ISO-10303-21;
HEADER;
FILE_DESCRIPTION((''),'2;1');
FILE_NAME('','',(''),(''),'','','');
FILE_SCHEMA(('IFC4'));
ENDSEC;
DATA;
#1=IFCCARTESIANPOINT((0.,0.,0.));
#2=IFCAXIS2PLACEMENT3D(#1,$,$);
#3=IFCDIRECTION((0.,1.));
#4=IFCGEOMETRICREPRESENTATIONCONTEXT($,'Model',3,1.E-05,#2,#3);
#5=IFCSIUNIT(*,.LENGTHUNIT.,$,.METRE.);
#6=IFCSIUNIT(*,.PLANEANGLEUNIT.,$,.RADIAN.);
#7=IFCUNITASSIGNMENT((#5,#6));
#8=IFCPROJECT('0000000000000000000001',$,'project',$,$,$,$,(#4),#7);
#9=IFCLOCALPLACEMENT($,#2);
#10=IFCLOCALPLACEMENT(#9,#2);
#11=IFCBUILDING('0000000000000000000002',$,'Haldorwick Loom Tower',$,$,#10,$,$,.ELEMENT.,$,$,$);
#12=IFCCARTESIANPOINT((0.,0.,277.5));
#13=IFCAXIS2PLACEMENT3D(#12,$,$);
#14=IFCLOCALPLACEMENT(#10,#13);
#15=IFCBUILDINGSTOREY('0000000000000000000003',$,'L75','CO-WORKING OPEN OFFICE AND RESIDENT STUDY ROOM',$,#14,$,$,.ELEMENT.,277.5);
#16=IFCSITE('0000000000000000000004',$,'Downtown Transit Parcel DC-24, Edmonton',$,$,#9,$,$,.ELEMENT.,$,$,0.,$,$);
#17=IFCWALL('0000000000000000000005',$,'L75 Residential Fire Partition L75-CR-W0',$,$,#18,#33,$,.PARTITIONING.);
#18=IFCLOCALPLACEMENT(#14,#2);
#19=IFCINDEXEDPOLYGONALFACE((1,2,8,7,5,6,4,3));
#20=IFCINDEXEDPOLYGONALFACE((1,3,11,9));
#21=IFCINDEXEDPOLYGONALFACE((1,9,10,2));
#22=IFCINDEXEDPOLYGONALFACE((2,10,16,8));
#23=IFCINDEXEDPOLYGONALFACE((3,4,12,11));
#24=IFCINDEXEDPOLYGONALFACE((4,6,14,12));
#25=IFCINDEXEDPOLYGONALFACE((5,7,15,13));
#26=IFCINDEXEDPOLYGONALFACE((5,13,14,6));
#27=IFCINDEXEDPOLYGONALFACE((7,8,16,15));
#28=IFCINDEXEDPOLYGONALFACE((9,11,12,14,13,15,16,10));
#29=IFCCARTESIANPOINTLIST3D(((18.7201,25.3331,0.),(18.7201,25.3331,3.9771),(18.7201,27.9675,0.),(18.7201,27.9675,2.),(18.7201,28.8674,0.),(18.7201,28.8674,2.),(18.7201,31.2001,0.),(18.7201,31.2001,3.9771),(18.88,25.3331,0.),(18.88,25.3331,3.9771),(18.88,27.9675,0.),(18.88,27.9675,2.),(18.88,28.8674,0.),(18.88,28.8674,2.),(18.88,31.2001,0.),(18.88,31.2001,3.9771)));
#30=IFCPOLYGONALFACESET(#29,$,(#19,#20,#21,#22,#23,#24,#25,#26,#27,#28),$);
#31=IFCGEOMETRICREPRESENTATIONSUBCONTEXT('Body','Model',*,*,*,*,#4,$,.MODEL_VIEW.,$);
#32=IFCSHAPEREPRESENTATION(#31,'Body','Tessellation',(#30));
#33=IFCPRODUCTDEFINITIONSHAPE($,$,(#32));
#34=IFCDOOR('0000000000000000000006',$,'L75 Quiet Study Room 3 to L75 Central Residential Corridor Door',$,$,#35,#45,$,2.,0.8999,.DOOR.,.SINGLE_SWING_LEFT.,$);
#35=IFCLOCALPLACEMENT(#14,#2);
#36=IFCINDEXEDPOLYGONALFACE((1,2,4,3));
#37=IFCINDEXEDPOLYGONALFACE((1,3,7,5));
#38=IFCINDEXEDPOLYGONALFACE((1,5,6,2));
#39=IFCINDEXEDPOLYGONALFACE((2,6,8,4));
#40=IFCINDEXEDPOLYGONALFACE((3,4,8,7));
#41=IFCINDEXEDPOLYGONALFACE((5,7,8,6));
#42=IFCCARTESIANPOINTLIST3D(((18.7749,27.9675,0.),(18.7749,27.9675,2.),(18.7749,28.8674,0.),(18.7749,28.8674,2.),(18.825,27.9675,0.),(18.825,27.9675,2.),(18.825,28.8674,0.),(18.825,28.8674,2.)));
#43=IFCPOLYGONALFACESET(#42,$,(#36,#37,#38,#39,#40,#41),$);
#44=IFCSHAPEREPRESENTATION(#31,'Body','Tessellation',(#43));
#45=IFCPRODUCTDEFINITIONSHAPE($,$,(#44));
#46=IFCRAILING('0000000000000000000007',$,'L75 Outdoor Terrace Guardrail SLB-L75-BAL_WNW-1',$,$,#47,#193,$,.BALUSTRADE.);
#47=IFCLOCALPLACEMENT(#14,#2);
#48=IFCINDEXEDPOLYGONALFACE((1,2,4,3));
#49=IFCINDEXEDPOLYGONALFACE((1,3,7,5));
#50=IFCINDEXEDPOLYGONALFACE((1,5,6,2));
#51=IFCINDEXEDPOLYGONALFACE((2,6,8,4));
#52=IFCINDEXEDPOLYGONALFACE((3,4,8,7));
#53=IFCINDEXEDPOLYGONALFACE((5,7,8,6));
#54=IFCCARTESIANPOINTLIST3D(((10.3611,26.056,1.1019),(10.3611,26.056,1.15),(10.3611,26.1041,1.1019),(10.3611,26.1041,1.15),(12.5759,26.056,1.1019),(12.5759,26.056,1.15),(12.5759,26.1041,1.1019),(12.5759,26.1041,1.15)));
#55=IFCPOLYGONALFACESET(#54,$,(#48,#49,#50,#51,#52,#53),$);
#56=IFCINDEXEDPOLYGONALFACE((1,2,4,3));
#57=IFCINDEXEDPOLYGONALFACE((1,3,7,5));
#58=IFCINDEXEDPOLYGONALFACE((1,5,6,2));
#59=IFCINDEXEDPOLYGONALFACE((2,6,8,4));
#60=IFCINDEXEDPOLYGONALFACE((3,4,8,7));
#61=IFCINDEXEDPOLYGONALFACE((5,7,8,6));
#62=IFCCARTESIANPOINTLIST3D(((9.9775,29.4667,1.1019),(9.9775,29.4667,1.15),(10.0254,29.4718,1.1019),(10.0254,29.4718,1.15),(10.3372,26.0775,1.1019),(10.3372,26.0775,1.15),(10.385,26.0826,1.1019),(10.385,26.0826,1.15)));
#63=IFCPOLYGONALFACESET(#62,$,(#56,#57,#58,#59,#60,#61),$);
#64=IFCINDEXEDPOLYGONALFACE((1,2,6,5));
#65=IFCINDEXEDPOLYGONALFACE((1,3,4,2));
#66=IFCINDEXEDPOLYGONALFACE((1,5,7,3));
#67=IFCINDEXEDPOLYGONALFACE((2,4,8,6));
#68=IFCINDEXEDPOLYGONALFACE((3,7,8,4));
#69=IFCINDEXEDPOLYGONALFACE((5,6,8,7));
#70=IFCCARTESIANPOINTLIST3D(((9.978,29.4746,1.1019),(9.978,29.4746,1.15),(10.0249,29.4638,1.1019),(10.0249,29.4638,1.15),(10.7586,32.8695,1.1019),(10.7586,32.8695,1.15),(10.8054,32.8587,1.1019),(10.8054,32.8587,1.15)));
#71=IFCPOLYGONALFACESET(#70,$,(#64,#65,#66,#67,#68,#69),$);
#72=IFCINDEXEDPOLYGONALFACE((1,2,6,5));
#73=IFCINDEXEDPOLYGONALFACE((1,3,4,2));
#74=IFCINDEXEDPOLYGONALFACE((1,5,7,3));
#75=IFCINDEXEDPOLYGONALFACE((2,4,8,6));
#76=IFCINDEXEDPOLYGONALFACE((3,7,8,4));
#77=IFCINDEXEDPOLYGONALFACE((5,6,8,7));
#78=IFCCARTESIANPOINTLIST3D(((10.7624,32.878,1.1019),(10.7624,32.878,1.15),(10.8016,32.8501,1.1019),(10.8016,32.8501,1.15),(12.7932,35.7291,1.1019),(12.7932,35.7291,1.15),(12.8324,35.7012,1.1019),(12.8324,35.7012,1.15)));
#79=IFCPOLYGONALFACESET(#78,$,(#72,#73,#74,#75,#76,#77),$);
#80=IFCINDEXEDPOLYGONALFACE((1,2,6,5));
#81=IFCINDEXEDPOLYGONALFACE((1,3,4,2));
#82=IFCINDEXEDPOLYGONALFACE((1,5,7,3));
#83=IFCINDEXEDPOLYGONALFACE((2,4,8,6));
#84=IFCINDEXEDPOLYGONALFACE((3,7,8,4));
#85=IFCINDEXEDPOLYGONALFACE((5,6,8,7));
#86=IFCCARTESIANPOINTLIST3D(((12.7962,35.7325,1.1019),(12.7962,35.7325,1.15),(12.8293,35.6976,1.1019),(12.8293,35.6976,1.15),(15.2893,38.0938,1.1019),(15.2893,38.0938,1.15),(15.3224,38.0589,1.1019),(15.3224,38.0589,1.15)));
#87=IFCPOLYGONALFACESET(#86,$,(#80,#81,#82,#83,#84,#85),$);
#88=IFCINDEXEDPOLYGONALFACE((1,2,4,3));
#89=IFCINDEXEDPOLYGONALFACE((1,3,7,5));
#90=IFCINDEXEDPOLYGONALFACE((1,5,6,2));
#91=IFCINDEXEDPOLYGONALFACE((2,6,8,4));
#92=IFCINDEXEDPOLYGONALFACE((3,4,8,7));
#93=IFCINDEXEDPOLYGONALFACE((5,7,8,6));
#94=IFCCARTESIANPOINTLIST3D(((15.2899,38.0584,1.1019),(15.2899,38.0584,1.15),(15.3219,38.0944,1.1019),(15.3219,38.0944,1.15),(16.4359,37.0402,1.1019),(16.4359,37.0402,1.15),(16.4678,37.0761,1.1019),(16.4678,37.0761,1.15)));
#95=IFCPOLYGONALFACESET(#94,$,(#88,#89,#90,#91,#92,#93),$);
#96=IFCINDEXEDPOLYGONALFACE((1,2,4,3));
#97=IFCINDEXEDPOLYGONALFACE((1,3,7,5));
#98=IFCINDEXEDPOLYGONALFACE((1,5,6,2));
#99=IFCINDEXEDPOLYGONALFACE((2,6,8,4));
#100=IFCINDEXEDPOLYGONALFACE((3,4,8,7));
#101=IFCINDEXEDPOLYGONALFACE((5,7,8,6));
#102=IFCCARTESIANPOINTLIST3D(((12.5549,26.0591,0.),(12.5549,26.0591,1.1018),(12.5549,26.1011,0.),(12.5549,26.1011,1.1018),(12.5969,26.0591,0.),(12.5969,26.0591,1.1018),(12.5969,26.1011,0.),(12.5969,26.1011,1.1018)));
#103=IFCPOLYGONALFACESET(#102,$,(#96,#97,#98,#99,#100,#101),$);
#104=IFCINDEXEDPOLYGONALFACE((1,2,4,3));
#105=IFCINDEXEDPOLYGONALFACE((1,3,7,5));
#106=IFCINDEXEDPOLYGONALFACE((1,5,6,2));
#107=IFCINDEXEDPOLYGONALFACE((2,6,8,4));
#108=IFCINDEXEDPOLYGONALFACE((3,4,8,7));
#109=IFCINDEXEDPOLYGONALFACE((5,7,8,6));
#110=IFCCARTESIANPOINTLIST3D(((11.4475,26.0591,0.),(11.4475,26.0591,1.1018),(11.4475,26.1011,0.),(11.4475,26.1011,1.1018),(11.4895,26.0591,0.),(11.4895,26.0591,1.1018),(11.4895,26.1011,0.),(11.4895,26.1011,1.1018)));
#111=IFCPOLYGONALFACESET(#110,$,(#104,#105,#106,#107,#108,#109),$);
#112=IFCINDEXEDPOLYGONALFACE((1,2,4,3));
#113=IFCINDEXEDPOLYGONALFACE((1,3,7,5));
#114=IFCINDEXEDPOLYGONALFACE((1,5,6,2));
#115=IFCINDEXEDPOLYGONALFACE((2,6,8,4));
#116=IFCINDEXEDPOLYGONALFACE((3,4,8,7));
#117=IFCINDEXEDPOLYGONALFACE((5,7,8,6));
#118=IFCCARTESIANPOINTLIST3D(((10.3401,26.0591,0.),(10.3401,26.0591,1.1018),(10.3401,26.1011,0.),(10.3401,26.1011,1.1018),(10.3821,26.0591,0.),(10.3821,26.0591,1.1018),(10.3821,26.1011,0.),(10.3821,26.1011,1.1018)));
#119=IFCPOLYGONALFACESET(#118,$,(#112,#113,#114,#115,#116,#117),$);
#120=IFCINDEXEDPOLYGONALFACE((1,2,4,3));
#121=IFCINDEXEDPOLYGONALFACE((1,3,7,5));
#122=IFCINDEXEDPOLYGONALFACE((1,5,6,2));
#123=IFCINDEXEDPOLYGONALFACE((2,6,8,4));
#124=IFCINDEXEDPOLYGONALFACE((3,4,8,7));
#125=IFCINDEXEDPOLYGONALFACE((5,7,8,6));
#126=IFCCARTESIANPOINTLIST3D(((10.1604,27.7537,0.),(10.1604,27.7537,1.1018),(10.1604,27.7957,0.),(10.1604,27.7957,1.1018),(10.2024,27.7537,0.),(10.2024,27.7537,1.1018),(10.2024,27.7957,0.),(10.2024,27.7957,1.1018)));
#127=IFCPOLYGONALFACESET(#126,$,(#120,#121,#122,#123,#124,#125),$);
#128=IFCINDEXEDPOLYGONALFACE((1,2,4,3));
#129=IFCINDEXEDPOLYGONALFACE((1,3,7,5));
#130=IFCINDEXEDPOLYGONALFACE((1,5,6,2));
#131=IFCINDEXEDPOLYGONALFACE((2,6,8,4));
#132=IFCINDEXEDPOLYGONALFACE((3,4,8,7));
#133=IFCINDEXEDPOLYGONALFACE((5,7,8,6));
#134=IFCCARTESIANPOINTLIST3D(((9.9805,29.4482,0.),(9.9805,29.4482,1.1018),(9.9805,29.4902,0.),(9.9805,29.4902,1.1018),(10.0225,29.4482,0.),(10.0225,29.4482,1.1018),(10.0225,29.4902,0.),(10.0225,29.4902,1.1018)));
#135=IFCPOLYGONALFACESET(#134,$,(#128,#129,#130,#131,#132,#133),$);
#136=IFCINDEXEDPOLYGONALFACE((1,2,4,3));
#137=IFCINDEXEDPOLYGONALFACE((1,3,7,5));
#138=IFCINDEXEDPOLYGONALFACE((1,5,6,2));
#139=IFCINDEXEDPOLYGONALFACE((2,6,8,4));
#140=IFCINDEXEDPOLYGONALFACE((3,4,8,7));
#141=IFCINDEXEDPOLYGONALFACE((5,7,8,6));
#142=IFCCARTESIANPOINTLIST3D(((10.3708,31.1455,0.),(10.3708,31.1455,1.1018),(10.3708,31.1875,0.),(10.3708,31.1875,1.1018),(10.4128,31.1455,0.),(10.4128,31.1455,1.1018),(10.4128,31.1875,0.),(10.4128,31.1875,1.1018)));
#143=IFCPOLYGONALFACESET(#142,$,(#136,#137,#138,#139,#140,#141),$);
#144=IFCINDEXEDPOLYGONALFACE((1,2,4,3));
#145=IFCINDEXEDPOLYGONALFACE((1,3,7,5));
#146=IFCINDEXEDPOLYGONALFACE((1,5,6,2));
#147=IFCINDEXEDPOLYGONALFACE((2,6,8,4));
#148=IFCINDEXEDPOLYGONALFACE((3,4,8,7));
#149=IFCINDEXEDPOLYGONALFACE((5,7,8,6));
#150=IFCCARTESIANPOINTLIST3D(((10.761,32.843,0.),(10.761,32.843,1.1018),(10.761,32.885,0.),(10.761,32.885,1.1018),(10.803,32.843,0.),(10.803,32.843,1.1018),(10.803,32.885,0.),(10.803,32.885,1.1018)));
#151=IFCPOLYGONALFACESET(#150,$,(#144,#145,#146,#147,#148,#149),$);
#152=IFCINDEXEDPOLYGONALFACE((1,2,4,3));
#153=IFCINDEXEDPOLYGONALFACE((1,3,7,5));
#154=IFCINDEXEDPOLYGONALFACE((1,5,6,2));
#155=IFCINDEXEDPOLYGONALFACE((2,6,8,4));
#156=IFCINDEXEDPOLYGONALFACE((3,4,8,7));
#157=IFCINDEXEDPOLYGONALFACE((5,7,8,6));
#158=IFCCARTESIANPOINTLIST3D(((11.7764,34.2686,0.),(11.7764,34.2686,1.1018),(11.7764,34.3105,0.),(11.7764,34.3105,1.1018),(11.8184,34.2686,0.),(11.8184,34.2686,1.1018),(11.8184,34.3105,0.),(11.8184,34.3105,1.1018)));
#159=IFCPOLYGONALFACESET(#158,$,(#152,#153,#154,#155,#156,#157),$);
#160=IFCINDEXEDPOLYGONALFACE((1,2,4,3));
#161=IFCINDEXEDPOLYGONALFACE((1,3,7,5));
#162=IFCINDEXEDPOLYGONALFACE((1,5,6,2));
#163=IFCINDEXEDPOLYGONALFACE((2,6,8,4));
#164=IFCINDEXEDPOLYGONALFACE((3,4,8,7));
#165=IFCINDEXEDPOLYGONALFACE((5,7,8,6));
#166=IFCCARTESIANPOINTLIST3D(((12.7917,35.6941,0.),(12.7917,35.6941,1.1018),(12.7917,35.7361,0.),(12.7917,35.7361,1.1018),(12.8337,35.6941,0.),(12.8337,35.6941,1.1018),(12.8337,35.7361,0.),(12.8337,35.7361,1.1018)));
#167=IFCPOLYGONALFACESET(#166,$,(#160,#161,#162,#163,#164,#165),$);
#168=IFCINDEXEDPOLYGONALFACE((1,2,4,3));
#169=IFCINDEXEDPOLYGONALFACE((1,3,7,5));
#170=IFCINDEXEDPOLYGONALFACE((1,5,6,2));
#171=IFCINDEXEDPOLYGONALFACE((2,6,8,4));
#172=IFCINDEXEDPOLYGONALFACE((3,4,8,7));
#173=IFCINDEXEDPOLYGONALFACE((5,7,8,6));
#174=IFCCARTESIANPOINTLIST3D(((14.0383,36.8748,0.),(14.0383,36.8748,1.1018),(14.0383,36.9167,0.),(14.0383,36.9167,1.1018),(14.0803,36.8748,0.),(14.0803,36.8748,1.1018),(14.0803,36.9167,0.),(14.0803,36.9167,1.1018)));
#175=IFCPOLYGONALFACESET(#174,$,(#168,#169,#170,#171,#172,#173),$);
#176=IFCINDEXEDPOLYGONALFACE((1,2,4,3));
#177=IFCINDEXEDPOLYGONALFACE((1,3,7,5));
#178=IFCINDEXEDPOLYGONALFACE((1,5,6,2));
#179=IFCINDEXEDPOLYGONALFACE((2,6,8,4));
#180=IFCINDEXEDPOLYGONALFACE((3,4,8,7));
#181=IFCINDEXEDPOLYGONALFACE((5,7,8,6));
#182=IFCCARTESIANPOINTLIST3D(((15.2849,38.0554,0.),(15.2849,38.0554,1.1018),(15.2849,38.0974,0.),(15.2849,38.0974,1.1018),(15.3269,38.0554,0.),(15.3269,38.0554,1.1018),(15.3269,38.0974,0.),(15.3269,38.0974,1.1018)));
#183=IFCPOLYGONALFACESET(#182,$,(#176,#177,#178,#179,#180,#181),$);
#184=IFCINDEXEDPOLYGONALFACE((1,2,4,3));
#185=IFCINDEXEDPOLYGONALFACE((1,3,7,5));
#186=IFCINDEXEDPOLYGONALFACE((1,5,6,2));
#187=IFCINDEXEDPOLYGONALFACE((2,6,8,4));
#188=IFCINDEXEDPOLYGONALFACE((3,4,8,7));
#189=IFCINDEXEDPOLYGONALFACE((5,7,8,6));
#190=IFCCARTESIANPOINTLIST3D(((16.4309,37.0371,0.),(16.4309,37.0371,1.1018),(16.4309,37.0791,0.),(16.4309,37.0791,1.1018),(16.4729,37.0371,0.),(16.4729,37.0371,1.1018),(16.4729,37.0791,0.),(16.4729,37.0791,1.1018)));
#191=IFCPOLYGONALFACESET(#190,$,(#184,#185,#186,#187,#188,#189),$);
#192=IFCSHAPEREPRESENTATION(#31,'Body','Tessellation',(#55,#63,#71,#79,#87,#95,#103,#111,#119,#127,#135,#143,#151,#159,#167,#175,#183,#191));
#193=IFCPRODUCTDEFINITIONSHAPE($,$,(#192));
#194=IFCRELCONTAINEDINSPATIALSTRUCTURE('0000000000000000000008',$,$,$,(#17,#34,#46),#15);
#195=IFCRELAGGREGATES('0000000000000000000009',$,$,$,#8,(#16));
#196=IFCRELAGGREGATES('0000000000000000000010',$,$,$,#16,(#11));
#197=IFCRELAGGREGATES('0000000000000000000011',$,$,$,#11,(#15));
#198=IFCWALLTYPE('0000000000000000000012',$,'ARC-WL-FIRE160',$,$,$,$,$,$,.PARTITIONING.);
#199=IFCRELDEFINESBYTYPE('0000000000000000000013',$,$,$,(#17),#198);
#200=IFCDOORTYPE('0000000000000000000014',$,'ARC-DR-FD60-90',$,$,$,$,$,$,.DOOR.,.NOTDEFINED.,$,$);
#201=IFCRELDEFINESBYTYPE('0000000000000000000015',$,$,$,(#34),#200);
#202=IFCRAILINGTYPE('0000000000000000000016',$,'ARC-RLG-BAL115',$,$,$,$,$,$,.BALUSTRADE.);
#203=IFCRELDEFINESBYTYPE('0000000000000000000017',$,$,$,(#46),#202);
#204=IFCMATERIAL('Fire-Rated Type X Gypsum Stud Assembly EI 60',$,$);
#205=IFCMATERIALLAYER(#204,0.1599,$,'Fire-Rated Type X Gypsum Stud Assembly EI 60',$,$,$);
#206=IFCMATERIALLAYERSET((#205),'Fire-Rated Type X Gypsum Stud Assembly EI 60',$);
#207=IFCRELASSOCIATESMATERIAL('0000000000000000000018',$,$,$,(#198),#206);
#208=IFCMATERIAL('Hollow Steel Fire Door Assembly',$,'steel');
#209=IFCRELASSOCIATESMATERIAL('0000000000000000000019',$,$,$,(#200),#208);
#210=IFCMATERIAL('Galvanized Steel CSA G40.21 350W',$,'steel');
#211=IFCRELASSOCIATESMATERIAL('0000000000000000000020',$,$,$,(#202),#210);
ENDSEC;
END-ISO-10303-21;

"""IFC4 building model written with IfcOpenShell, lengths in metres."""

from ifc_helpers import new_model, si_unit, direction, frame, frame_2d, origin, origin_2d, place, context, subcontext, project, spatial, rectangle, extrude, material, layer, layer_set, type_object, element, fill, save


model = new_model("IFC4")

# Units and contexts
model_context = context("Model", 3, precision=1e-05, world=origin(), true_north=direction((0.0, 1.0)))
body_context = subcontext(model_context, "Body", "Model", "MODEL_VIEW")
ifc_project = project(units=[si_unit("LENGTHUNIT", "METRE"), si_unit("PLANEANGLEUNIT", "RADIAN")], contexts=[model_context])

# Site, building, storey
site_placement = place(None, origin())
site = spatial("IfcSite", under=ifc_project, at=site_placement, Name="Downtown Transit Parcel DC-24, Edmonton", CompositionType="ELEMENT", RefElevation=0.0)
building_placement = place(site_placement, origin())
building = spatial("IfcBuilding", under=site, at=building_placement, Name="Haldorwick Loom Tower", CompositionType="ELEMENT")
storey_placement = place(building_placement, frame((0.0, 0.0, 277.5)))
storey = spatial("IfcBuildingStorey", under=building, at=storey_placement, Name="L75", Description="CO-WORKING OPEN OFFICE AND RESIDENT STUDY ROOM", CompositionType="ELEMENT", Elevation=277.5)

# Shared definitions
ifc_material_1 = material(Name="Fire-Rated Type X Gypsum Stud Assembly EI 60")
ifc_layer_1 = layer(ifc_material_1, 0.1599, Name="Fire-Rated Type X Gypsum Stud Assembly EI 60")
ifc_layer_set_1 = layer_set([ifc_layer_1], Name="Fire-Rated Type X Gypsum Stud Assembly EI 60")
wall_type_1 = type_object("IfcWallType", Name="ARC-WL-FIRE160", PredefinedType="PARTITIONING", material=ifc_layer_set_1)
ifc_material_2 = material(Name="Hollow Steel Fire Door Assembly", Category="steel")
door_type = type_object("IfcDoorType", Name="ARC-DR-FD60-90", OperationType="NOTDEFINED", PredefinedType="DOOR", material=ifc_material_2)

# Wall, opening, door
wall_1_placement = place(storey_placement, frame((18.8, 25.333, 0.0), z_axis=(0.0, 0.0, 1.0), x_axis=(0.0, 1.0, 0.0)))
wall_1 = element("IfcWall", 1, at=wall_1_placement, inside=storey, type_object=wall_type_1, Name="L75 Residential Fire Partition L75-CR-W0", PredefinedType="PARTITIONING", context=body_context, shape_type="SweptSolid", body=[
    extrude(rectangle(XDim=5.8669, YDim=0.1599, at=frame_2d((2.9336, 0.0))), origin(), (0.0, 0.0, 1.0), 3.9771),
])
opening_1_placement = place(wall_1_placement, frame((2.6345, 0.0, 0.0)))
opening_1 = element("IfcOpeningElement", 2, at=opening_1_placement, cuts=wall_1, PredefinedType="OPENING", context=body_context, shape_type="SweptSolid", body=[
    extrude(rectangle(XDim=0.8999, YDim=2.0, at=frame_2d((0.45, 1.0))), frame((0.0, 0.0898, 0.0), z_axis=(0.0, -1.0, 0.0), x_axis=(1.0, 0.0, 0.0)), (0.0, 0.0, 1.0), 0.1799),
])
door_1_placement = place(opening_1_placement, frame((0.8999, 0.0, 0.0), z_axis=(0.0, 0.0, 1.0), x_axis=(-1.0, 0.0, 0.0)))
door_1 = element("IfcDoor", 3, at=door_1_placement, inside=storey, type_object=door_type, Name="L75 Quiet Study Room 3 to L75 Central Residential Corridor Door", OperationType="SINGLE_SWING_LEFT", OverallHeight=2.0, OverallWidth=0.8999, PredefinedType="DOOR", context=body_context, shape_type="SweptSolid", body=[
    extrude(rectangle(XDim=0.8999, YDim=2.0, at=frame_2d((0.45, 1.0))), frame((0.0, 0.0249, 0.0), z_axis=(0.0, -1.0, 0.0), x_axis=(1.0, 0.0, 0.0)), (0.0, 0.0, 1.0), 0.05),
])
fill(opening_1, door_1)

# Railing
ifc_material_3 = material(Name="Galvanized Steel CSA G40.21 350W", Category="steel")
railing_type = type_object("IfcRailingType", Name="ARC-RLG-BAL115", PredefinedType="BALUSTRADE", material=ifc_material_3)
railing_placement = place(storey_placement, frame((12.5759, 26.0801, 0.0)))
element("IfcRailing", 4, at=railing_placement, inside=storey, type_object=railing_type, Name="L75 Outdoor Terrace Guardrail SLB-L75-BAL_WNW-1", PredefinedType="BALUSTRADE", context=body_context, shape_type="SweptSolid", body=[
    extrude(rectangle(XDim=0.0481, YDim=0.0481, at=origin_2d()), frame((0.0, 0.0, 1.126), z_axis=(-1.0, 0.0, 0.0), x_axis=(0.0, -1.0, 0.0)), (0.0, 0.0, 1.0), 2.2148),
    extrude(rectangle(XDim=0.0481, YDim=0.0481, at=origin_2d()), frame((-2.2148, 0.0, 1.126), z_axis=(-0.105516, 0.994418, 0.0), x_axis=(-0.994418, -0.105516, 0.0)), (0.0, 0.0, 1.0), 3.4082),
    extrude(rectangle(XDim=0.0481, YDim=0.0481, at=origin_2d()), frame((-2.5745, 3.3892, 1.126), z_axis=(0.224071, 0.974573, 0.0), x_axis=(-0.974573, 0.224071, 0.0)), (0.0, 0.0, 1.0), 3.4834),
    extrude(rectangle(XDim=0.0481, YDim=0.0481, at=origin_2d()), frame((-1.7939, 6.7839, 1.126), z_axis=(0.580156, 0.814506, 0.0), x_axis=(-0.814506, 0.580156, 0.0)), (0.0, 0.0, 1.0), 3.5005),
    extrude(rectangle(XDim=0.0481, YDim=0.0481, at=origin_2d()), frame((0.2368, 9.635, 1.126), z_axis=(0.726042, 0.68765, 0.0), x_axis=(-0.68765, 0.726042, 0.0)), (0.0, 0.0, 1.0), 3.4338),
    extrude(rectangle(XDim=0.0481, YDim=0.0481, at=origin_2d()), frame((2.73, 11.9963, 1.126), z_axis=(0.747524, -0.664235, 0.0), x_axis=(0.664235, 0.747524, 0.0)), (0.0, 0.0, 1.0), 1.533),
    extrude(rectangle(XDim=0.042, YDim=0.042, at=origin_2d()), origin(), (0.0, 0.0, 1.0), 1.1018),
    extrude(rectangle(XDim=0.042, YDim=0.042, at=origin_2d()), frame((-1.1074, 0.0, 0.0)), (0.0, 0.0, 1.0), 1.1018),
    extrude(rectangle(XDim=0.042, YDim=0.042, at=origin_2d()), frame((-2.2148, 0.0, 0.0)), (0.0, 0.0, 1.0), 1.1018),
    extrude(rectangle(XDim=0.042, YDim=0.042, at=origin_2d()), frame((-2.3945, 1.6946, 0.0)), (0.0, 0.0, 1.0), 1.1018),
    extrude(rectangle(XDim=0.042, YDim=0.042, at=origin_2d()), frame((-2.5745, 3.3892, 0.0)), (0.0, 0.0, 1.0), 1.1018),
    extrude(rectangle(XDim=0.042, YDim=0.042, at=origin_2d()), frame((-2.1841, 5.0864, 0.0)), (0.0, 0.0, 1.0), 1.1018),
    extrude(rectangle(XDim=0.042, YDim=0.042, at=origin_2d()), frame((-1.7939, 6.7839, 0.0)), (0.0, 0.0, 1.0), 1.1018),
    extrude(rectangle(XDim=0.042, YDim=0.042, at=origin_2d()), frame((-0.7786, 8.2095, 0.0)), (0.0, 0.0, 1.0), 1.1018),
    extrude(rectangle(XDim=0.042, YDim=0.042, at=origin_2d()), frame((0.2368, 9.635, 0.0)), (0.0, 0.0, 1.0), 1.1018),
    extrude(rectangle(XDim=0.042, YDim=0.042, at=origin_2d()), frame((1.4834, 10.8157, 0.0)), (0.0, 0.0, 1.0), 1.1018),
    extrude(rectangle(XDim=0.042, YDim=0.042, at=origin_2d()), frame((2.73, 11.9963, 0.0)), (0.0, 0.0, 1.0), 1.1018),
    extrude(rectangle(XDim=0.042, YDim=0.042, at=origin_2d()), frame((3.876, 10.978, 0.0)), (0.0, 0.0, 1.0), 1.1018),
])

save(model, "model.ifc")
